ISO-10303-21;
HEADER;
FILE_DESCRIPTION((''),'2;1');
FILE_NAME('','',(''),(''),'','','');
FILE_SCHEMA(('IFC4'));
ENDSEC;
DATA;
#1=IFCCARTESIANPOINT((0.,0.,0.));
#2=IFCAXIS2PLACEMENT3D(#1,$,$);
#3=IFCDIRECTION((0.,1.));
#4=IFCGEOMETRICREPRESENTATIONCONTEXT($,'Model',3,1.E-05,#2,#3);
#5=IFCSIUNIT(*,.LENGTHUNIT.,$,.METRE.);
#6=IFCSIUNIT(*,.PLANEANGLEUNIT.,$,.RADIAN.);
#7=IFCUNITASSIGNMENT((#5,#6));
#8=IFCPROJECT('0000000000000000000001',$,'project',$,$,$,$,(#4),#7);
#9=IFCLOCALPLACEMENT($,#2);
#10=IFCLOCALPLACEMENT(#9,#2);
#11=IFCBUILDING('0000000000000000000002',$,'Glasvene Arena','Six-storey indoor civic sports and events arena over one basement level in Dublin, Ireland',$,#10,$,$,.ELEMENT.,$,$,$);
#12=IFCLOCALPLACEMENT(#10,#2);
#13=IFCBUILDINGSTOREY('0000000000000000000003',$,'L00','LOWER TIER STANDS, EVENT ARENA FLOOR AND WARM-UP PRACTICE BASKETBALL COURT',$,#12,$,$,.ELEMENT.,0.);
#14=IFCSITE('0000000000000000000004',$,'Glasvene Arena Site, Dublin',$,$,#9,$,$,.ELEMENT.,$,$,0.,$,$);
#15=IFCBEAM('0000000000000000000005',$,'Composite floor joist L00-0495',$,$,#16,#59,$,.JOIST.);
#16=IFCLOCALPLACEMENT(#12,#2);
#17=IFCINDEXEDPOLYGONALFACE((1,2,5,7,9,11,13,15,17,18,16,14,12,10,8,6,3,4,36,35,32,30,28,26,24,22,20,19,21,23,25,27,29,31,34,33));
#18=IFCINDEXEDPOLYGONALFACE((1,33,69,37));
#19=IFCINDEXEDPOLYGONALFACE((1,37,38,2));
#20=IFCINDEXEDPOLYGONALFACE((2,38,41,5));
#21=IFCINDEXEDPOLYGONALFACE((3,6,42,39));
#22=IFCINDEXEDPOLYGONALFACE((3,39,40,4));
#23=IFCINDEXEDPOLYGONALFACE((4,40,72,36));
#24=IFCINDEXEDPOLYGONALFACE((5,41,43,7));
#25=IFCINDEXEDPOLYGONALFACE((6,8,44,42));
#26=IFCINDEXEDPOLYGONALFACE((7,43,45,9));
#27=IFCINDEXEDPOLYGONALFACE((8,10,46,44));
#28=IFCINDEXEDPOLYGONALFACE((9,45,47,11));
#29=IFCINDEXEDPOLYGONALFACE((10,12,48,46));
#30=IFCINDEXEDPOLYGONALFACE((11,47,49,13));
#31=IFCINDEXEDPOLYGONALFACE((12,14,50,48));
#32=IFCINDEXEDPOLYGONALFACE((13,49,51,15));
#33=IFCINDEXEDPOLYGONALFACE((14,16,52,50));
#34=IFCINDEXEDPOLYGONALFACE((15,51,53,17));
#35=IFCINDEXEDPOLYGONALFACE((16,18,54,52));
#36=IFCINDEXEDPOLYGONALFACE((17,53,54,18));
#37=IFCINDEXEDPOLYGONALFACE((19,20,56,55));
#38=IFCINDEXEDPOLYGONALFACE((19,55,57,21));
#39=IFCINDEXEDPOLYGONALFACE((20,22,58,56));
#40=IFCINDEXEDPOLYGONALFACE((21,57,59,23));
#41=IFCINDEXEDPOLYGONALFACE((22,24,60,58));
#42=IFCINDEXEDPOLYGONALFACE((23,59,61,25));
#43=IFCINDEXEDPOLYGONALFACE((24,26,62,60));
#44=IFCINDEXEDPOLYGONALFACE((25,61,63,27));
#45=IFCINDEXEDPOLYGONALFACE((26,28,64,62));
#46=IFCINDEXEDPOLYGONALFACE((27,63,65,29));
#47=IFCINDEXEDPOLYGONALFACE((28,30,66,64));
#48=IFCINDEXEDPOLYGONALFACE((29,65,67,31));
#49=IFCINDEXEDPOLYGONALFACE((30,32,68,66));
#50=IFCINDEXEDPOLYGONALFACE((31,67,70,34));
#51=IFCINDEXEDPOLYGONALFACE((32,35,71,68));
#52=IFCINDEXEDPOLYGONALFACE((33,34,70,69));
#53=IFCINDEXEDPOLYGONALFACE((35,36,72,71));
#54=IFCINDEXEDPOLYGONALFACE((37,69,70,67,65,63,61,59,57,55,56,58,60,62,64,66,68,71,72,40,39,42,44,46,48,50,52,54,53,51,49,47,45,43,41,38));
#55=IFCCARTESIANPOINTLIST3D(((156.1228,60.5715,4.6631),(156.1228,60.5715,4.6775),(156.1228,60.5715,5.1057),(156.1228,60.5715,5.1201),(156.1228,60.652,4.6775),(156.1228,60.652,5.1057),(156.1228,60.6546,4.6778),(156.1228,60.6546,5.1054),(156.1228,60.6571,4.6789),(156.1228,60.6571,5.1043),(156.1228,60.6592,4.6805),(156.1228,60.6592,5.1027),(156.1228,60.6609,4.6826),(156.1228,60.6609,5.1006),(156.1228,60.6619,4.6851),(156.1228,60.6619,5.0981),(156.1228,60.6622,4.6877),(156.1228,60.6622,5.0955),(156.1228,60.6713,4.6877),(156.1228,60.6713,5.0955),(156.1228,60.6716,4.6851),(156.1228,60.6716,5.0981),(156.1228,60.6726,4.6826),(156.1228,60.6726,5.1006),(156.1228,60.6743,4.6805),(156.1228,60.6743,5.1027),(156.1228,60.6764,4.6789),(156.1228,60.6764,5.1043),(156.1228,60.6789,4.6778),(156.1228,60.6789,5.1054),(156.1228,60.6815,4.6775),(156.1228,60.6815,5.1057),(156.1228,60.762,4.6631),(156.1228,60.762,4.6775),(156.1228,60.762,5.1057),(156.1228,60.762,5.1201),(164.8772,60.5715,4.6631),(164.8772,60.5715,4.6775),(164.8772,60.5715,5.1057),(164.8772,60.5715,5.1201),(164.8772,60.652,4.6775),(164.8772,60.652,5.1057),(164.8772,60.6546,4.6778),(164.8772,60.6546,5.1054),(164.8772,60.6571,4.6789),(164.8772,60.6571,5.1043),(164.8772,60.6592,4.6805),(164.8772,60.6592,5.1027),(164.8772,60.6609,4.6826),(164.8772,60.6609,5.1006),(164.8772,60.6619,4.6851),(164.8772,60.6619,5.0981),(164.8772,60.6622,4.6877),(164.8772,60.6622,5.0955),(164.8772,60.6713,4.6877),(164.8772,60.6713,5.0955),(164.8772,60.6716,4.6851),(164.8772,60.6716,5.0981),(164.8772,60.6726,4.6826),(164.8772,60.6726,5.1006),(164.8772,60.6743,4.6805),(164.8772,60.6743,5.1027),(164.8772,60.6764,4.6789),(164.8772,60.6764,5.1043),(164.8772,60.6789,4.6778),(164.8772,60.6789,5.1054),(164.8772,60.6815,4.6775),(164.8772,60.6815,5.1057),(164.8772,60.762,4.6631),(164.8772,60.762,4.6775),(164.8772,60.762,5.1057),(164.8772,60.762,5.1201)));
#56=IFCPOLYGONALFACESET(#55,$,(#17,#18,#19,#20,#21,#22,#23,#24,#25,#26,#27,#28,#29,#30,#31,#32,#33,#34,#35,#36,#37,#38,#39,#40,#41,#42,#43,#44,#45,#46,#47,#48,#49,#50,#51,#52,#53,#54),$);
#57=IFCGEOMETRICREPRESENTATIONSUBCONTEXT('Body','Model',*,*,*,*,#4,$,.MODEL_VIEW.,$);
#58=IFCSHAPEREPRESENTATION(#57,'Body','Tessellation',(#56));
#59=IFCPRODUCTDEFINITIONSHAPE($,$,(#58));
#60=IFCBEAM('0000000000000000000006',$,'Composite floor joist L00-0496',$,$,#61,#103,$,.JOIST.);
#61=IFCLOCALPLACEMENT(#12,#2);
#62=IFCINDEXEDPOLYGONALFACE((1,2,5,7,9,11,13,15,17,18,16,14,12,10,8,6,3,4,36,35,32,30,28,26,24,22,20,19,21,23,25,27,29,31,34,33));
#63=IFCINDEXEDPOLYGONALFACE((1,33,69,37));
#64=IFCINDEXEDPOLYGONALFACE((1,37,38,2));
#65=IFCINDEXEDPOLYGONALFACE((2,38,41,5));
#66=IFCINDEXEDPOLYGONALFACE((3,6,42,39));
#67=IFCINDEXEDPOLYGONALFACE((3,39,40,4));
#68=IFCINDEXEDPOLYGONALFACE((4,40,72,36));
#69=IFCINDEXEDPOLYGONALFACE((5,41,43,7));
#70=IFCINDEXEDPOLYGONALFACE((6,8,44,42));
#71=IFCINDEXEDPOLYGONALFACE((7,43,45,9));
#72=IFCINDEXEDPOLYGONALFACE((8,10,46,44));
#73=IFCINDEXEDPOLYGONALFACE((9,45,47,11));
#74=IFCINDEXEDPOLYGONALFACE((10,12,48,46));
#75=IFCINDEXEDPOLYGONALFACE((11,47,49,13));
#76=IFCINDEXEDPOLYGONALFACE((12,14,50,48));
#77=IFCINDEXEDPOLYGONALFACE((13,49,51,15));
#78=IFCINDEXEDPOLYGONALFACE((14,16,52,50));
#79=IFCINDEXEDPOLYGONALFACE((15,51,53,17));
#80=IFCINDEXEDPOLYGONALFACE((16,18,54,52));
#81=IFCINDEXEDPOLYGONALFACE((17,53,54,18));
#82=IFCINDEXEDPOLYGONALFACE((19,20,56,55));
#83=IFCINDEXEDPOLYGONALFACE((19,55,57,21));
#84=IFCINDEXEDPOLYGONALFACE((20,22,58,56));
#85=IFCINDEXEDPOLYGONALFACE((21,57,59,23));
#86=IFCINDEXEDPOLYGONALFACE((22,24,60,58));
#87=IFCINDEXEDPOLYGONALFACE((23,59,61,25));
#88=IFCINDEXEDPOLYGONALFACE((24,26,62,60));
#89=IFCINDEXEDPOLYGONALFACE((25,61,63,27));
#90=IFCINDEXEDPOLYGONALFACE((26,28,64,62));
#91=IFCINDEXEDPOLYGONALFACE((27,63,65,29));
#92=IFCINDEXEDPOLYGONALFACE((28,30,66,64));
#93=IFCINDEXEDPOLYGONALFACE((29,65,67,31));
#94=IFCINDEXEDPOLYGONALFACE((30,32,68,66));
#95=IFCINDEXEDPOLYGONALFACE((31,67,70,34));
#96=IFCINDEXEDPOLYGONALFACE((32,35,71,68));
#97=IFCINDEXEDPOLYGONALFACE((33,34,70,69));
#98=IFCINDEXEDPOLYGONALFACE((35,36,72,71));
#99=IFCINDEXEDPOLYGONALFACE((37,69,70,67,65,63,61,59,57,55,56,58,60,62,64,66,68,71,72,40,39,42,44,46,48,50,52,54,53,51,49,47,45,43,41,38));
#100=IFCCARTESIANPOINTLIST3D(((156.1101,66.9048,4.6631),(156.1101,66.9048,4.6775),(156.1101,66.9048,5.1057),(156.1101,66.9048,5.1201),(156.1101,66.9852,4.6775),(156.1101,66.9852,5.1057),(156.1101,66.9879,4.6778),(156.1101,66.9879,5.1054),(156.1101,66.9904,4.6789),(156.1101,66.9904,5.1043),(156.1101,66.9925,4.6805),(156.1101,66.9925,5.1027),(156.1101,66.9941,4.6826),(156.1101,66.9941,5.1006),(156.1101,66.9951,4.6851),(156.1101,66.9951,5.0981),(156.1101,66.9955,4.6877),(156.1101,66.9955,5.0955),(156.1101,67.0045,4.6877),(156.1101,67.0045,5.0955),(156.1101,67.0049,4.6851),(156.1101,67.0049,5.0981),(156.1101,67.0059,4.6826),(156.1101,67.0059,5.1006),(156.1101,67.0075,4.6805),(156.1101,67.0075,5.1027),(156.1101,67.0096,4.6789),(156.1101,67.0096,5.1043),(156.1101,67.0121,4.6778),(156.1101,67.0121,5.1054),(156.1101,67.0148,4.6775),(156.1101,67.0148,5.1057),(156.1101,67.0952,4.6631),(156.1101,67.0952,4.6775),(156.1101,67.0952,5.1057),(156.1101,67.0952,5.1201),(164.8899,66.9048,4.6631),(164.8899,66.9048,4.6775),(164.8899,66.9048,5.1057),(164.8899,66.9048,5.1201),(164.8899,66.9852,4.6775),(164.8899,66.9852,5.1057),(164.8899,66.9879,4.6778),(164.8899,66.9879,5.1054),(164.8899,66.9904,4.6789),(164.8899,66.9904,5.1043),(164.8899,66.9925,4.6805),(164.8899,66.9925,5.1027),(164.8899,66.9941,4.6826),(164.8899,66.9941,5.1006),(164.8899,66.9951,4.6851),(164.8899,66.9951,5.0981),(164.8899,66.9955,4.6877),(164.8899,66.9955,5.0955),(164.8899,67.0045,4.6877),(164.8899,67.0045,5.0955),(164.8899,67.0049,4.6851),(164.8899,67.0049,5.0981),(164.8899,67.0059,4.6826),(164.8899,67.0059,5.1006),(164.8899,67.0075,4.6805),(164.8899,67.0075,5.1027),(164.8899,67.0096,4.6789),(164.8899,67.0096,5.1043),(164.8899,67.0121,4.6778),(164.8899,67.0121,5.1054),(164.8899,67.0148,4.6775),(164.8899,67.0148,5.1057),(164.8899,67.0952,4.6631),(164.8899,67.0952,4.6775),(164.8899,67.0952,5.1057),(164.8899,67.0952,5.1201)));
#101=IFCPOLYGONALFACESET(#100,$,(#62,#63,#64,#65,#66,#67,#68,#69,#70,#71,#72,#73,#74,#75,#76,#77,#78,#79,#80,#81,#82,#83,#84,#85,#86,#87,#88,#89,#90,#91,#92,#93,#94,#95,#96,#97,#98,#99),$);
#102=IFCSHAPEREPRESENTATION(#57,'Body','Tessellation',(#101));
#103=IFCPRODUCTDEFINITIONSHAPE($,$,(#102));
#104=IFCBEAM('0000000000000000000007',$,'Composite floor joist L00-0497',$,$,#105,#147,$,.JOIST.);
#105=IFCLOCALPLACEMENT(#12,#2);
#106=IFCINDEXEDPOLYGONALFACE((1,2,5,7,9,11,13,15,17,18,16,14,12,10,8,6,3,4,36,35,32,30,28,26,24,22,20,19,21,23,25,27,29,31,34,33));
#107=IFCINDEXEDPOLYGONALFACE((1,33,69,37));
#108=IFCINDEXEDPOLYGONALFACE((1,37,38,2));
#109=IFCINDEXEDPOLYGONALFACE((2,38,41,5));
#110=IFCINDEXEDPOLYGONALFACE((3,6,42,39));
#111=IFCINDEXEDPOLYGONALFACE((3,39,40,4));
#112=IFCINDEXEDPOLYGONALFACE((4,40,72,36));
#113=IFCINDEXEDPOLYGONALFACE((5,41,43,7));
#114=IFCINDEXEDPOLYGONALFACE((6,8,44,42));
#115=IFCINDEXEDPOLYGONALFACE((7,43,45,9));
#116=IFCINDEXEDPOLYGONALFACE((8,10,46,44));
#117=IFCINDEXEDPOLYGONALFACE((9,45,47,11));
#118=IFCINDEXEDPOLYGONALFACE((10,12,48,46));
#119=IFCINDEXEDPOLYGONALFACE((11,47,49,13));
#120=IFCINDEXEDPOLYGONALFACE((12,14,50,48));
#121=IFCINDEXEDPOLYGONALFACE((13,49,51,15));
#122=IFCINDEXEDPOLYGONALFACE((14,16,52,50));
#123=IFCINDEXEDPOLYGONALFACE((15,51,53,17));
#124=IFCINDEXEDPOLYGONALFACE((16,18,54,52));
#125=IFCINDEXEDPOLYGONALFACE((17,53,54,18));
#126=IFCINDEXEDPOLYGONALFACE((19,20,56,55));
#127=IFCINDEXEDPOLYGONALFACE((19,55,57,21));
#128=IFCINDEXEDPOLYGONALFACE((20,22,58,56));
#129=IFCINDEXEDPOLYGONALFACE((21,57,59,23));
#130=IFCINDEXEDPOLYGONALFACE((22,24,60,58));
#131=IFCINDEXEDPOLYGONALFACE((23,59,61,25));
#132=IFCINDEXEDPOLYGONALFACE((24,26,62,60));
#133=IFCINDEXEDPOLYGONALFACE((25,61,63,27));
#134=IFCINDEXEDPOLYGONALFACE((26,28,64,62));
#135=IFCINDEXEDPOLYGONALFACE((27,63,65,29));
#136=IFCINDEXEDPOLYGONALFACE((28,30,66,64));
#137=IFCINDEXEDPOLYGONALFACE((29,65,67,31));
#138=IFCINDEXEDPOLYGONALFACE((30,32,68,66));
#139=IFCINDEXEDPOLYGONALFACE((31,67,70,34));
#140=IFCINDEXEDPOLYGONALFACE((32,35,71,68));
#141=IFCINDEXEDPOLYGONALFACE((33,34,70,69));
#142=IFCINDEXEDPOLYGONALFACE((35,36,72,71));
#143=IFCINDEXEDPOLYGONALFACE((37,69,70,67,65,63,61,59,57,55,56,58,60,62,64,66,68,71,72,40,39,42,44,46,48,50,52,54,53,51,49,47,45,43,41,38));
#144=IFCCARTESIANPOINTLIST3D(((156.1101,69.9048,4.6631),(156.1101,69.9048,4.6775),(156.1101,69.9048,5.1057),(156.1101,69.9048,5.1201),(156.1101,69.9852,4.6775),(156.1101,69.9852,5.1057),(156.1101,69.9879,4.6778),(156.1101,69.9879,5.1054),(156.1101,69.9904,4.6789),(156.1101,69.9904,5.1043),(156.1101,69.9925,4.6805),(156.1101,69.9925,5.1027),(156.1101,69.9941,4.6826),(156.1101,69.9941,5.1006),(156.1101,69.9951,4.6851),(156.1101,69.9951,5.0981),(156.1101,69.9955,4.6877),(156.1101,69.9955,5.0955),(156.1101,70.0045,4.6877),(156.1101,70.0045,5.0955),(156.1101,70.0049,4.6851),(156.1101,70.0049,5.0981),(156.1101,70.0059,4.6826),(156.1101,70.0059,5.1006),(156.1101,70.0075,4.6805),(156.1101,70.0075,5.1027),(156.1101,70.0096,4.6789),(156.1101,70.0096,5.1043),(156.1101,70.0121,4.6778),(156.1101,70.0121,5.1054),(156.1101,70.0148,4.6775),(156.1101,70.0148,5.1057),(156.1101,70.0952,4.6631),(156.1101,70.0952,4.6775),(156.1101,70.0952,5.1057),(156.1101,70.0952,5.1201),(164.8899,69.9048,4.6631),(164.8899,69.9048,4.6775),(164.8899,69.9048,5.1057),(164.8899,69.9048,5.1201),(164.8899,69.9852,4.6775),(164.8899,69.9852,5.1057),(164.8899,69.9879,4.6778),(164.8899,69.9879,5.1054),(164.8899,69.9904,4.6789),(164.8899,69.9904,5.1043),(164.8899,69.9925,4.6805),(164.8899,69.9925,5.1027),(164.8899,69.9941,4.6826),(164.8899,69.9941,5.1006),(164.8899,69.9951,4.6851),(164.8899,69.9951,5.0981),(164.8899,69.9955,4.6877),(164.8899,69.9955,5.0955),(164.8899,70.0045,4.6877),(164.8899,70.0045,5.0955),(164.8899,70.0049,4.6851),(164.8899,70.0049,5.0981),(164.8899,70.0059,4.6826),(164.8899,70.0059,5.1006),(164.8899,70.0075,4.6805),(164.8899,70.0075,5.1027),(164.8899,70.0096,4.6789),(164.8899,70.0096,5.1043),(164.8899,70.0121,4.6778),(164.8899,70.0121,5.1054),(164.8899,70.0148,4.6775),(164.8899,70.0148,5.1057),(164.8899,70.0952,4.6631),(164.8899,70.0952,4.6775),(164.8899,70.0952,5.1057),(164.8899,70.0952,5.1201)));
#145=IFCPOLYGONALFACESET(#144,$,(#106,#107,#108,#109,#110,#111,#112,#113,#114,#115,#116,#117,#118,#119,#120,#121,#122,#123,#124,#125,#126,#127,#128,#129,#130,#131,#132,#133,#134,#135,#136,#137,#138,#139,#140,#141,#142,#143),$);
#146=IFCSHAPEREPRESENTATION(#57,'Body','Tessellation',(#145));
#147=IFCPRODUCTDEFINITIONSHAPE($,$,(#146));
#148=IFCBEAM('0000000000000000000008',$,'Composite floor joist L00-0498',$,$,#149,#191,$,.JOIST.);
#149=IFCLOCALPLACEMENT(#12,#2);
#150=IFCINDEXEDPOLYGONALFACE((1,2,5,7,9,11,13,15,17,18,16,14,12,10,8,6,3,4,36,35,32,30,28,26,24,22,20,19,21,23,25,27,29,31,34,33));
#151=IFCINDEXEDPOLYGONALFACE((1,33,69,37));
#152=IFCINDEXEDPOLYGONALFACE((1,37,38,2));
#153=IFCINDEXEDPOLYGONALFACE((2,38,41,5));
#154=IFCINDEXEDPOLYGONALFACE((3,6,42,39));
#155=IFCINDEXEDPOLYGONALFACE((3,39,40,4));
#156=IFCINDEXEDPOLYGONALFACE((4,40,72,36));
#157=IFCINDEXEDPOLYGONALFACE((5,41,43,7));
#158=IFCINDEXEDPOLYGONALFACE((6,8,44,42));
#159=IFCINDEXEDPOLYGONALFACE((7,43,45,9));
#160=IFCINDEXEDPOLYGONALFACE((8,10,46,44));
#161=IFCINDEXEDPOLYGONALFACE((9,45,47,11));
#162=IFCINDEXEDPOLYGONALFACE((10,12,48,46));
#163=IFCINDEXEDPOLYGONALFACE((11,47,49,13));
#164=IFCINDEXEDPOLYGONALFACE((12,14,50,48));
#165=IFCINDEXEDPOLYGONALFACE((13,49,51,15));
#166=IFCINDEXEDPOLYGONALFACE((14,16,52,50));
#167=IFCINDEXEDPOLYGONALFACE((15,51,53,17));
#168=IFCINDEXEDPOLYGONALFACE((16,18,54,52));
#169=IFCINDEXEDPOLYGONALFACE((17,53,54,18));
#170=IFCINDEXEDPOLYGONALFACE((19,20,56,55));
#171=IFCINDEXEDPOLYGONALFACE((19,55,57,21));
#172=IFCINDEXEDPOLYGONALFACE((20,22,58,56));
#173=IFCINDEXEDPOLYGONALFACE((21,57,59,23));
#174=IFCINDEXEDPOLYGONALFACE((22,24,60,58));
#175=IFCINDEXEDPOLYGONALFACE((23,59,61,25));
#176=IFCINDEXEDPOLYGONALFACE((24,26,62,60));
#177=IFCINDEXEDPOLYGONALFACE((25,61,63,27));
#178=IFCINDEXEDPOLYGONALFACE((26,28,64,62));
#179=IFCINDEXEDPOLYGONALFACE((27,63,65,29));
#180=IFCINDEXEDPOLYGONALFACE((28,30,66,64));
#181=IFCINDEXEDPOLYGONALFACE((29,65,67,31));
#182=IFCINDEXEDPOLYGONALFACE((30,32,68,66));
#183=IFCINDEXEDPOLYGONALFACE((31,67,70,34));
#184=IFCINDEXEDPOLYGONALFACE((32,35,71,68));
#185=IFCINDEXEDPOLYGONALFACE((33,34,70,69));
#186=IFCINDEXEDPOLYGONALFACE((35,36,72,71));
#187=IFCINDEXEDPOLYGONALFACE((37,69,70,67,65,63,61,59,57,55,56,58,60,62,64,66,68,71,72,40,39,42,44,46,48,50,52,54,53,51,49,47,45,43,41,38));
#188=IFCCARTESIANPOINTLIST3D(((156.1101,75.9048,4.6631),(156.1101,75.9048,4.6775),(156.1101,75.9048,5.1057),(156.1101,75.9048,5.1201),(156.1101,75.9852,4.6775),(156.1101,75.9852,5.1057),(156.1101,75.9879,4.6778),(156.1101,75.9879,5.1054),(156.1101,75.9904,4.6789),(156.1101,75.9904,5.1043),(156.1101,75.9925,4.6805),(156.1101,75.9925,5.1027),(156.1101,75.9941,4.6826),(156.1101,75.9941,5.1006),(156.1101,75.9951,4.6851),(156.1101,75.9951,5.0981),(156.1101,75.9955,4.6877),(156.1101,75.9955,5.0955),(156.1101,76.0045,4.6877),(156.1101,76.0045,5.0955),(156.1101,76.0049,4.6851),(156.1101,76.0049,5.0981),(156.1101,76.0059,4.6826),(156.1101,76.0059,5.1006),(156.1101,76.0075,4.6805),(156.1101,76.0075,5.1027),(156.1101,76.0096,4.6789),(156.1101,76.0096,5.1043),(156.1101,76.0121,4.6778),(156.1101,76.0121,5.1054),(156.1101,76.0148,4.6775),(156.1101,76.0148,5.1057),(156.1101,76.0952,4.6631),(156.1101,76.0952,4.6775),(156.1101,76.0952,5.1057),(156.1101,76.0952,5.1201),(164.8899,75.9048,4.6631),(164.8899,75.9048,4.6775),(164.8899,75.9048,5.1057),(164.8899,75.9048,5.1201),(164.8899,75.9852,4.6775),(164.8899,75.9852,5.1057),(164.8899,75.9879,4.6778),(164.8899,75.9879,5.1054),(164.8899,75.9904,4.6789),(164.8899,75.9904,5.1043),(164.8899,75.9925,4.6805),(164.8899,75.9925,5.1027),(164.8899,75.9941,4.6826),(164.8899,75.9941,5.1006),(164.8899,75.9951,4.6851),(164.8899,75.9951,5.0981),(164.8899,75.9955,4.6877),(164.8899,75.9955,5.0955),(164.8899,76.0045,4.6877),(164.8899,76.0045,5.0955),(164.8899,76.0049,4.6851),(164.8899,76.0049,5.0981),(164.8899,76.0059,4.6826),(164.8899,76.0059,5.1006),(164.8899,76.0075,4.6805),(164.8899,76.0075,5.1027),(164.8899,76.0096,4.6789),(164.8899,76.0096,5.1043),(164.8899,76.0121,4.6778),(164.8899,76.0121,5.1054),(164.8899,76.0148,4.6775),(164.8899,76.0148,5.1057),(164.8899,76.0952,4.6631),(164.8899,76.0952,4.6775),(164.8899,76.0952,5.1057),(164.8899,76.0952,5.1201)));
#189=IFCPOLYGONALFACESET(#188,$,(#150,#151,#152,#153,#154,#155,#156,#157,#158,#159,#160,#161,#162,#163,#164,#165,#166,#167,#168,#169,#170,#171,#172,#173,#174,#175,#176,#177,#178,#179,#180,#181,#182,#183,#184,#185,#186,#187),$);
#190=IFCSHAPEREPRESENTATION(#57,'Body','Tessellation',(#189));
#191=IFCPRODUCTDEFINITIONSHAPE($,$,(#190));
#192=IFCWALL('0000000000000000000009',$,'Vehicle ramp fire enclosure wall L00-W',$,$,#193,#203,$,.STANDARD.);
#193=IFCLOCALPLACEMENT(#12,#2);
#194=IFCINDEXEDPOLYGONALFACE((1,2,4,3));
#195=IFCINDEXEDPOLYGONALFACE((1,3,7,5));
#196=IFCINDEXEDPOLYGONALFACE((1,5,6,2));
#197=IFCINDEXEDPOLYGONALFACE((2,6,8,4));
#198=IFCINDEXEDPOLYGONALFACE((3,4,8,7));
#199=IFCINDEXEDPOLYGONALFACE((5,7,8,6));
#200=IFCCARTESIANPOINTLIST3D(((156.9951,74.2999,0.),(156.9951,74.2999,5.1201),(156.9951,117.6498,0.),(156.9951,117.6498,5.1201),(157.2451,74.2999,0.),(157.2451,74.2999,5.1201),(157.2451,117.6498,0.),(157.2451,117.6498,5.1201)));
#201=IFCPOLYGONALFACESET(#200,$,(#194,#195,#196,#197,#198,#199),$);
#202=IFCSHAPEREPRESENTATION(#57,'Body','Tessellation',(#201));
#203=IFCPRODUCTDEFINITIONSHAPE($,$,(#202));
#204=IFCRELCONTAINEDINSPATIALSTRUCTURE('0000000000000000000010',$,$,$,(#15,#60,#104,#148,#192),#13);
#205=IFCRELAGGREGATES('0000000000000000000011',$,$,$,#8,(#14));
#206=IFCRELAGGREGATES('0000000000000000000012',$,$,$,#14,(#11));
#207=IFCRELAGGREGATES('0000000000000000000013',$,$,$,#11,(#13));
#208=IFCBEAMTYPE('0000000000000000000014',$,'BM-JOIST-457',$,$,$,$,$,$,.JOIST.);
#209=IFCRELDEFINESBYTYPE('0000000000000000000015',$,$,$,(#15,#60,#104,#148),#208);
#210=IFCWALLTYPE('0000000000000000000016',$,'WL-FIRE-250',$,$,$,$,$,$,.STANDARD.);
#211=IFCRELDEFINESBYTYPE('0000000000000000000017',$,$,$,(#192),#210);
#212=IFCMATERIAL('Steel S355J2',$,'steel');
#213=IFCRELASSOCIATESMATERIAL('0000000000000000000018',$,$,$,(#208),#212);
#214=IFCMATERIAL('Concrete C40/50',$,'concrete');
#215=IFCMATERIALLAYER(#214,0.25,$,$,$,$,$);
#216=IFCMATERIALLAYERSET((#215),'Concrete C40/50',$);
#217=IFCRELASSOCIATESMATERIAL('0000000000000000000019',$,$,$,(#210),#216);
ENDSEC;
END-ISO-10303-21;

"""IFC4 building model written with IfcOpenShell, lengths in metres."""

from ifc_helpers import new_model, si_unit, direction, frame, frame_2d, origin, origin_2d, place, context, subcontext, project, spatial, rectangle, i_section, extrude, material, layer, layer_set, material_profile, profile_set, type_object, element, save


model = new_model("IFC4")

# Units and contexts
model_context = context("Model", 3, precision=1e-05, world=origin(), true_north=direction((0.0, 1.0)))
body_context = subcontext(model_context, "Body", "Model", "MODEL_VIEW")
ifc_project = project(units=[si_unit("LENGTHUNIT", "METRE"), si_unit("PLANEANGLEUNIT", "RADIAN")], contexts=[model_context])

# Site, building, storey
site_placement = place(None, origin())
site = spatial("IfcSite", under=ifc_project, at=site_placement, Name="Glasvene Arena Site, Dublin", CompositionType="ELEMENT", RefElevation=0.0)
building_placement = place(site_placement, origin())
building = spatial("IfcBuilding", under=site, at=building_placement, Name="Glasvene Arena", Description="Six-storey indoor civic sports and events arena over one basement level in Dublin, Ireland", CompositionType="ELEMENT")
storey_placement = place(building_placement, origin())
storey = spatial("IfcBuildingStorey", under=building, at=storey_placement, Name="L00", Description="LOWER TIER STANDS, EVENT ARENA FLOOR AND WARM-UP PRACTICE BASKETBALL COURT", CompositionType="ELEMENT", Elevation=0.0)

# Shared definitions
ifc_material_1 = material(Name="Steel S355J2", Category="steel")

# Beams
ifc_material_profile_1 = material_profile(ifc_material_1, i_section(OverallWidth=0.1904, OverallDepth=0.457, WebThickness=0.009, FlangeThickness=0.0144, FilletRadius=0.0103, at=origin_2d()), Name="UKB 457x191x74")
ifc_profile_set_1 = profile_set([ifc_material_profile_1], Name="Steel S355J2")
beam_type_1 = type_object("IfcBeamType", Name="BM-JOIST-457", PredefinedType="JOIST", material=ifc_profile_set_1)
beam_1_placement = place(storey_placement, frame((156.1228, 60.6667, 4.8916), z_axis=(1.0, 0.0, 0.0), x_axis=(0.0, 1.0, 0.0)))
element("IfcBeam", 1, at=beam_1_placement, inside=storey, type_object=beam_type_1, Name="Composite floor joist L00-0495", PredefinedType="JOIST", context=body_context, shape_type="SweptSolid", body=[
    extrude(i_section(OverallWidth=0.1904, OverallDepth=0.457, WebThickness=0.009, FlangeThickness=0.0144, FilletRadius=0.0103, at=origin_2d()), origin(), (0.0, 0.0, 1.0), 8.7544),
])
for number, where, z_axis, x_axis, name in (
    (2, (156.1101, 67.0, 4.8916), (1.0, 0.0, 0.0), (0.0, 1.0, 0.0), "Composite floor joist L00-0496"),
    (3, (156.1101, 70.0, 4.8916), (1.0, 0.0, 0.0), (0.0, 1.0, 0.0), "Composite floor joist L00-0497"),
    (4, (156.1101, 76.0, 4.8916), (1.0, 0.0, 0.0), (0.0, 1.0, 0.0), "Composite floor joist L00-0498"),
):
    element("IfcBeam", number, at=place(storey_placement, frame(where, z_axis=z_axis, x_axis=x_axis)), inside=storey, type_object=beam_type_1, Name=name, PredefinedType="JOIST", context=body_context, shape_type="SweptSolid", body=[
        extrude(i_section(OverallWidth=0.1904, OverallDepth=0.457, WebThickness=0.009, FlangeThickness=0.0144, FilletRadius=0.0103, at=origin_2d()), origin(), (0.0, 0.0, 1.0), 8.7798),
    ])

# Shared definitions
ifc_material_2 = material(Name="Concrete C40/50", Category="concrete")

# Wall
ifc_layer_1 = layer(ifc_material_2, 0.25)
ifc_layer_set_1 = layer_set([ifc_layer_1], Name="Concrete C40/50")
wall_type_1 = type_object("IfcWallType", Name="WL-FIRE-250", PredefinedType="STANDARD", material=ifc_layer_set_1)
for number, where, z_axis, x_axis, name in (
    (5, (157.1201, 74.3, 0.0), (0.0, 0.0, 1.0), (0.0, 1.0, 0.0), "Vehicle ramp fire enclosure wall L00-W"),
):
    element("IfcWall", number, at=place(storey_placement, frame(where, z_axis=z_axis, x_axis=x_axis)), inside=storey, type_object=wall_type_1, Name=name, PredefinedType="STANDARD", context=body_context, shape_type="SweptSolid", body=[
        extrude(rectangle(XDim=43.3499, YDim=0.25, at=frame_2d((21.6748, 0.0))), origin(), (0.0, 0.0, 1.0), 5.1201),
    ])

save(model, "model.ifc")
